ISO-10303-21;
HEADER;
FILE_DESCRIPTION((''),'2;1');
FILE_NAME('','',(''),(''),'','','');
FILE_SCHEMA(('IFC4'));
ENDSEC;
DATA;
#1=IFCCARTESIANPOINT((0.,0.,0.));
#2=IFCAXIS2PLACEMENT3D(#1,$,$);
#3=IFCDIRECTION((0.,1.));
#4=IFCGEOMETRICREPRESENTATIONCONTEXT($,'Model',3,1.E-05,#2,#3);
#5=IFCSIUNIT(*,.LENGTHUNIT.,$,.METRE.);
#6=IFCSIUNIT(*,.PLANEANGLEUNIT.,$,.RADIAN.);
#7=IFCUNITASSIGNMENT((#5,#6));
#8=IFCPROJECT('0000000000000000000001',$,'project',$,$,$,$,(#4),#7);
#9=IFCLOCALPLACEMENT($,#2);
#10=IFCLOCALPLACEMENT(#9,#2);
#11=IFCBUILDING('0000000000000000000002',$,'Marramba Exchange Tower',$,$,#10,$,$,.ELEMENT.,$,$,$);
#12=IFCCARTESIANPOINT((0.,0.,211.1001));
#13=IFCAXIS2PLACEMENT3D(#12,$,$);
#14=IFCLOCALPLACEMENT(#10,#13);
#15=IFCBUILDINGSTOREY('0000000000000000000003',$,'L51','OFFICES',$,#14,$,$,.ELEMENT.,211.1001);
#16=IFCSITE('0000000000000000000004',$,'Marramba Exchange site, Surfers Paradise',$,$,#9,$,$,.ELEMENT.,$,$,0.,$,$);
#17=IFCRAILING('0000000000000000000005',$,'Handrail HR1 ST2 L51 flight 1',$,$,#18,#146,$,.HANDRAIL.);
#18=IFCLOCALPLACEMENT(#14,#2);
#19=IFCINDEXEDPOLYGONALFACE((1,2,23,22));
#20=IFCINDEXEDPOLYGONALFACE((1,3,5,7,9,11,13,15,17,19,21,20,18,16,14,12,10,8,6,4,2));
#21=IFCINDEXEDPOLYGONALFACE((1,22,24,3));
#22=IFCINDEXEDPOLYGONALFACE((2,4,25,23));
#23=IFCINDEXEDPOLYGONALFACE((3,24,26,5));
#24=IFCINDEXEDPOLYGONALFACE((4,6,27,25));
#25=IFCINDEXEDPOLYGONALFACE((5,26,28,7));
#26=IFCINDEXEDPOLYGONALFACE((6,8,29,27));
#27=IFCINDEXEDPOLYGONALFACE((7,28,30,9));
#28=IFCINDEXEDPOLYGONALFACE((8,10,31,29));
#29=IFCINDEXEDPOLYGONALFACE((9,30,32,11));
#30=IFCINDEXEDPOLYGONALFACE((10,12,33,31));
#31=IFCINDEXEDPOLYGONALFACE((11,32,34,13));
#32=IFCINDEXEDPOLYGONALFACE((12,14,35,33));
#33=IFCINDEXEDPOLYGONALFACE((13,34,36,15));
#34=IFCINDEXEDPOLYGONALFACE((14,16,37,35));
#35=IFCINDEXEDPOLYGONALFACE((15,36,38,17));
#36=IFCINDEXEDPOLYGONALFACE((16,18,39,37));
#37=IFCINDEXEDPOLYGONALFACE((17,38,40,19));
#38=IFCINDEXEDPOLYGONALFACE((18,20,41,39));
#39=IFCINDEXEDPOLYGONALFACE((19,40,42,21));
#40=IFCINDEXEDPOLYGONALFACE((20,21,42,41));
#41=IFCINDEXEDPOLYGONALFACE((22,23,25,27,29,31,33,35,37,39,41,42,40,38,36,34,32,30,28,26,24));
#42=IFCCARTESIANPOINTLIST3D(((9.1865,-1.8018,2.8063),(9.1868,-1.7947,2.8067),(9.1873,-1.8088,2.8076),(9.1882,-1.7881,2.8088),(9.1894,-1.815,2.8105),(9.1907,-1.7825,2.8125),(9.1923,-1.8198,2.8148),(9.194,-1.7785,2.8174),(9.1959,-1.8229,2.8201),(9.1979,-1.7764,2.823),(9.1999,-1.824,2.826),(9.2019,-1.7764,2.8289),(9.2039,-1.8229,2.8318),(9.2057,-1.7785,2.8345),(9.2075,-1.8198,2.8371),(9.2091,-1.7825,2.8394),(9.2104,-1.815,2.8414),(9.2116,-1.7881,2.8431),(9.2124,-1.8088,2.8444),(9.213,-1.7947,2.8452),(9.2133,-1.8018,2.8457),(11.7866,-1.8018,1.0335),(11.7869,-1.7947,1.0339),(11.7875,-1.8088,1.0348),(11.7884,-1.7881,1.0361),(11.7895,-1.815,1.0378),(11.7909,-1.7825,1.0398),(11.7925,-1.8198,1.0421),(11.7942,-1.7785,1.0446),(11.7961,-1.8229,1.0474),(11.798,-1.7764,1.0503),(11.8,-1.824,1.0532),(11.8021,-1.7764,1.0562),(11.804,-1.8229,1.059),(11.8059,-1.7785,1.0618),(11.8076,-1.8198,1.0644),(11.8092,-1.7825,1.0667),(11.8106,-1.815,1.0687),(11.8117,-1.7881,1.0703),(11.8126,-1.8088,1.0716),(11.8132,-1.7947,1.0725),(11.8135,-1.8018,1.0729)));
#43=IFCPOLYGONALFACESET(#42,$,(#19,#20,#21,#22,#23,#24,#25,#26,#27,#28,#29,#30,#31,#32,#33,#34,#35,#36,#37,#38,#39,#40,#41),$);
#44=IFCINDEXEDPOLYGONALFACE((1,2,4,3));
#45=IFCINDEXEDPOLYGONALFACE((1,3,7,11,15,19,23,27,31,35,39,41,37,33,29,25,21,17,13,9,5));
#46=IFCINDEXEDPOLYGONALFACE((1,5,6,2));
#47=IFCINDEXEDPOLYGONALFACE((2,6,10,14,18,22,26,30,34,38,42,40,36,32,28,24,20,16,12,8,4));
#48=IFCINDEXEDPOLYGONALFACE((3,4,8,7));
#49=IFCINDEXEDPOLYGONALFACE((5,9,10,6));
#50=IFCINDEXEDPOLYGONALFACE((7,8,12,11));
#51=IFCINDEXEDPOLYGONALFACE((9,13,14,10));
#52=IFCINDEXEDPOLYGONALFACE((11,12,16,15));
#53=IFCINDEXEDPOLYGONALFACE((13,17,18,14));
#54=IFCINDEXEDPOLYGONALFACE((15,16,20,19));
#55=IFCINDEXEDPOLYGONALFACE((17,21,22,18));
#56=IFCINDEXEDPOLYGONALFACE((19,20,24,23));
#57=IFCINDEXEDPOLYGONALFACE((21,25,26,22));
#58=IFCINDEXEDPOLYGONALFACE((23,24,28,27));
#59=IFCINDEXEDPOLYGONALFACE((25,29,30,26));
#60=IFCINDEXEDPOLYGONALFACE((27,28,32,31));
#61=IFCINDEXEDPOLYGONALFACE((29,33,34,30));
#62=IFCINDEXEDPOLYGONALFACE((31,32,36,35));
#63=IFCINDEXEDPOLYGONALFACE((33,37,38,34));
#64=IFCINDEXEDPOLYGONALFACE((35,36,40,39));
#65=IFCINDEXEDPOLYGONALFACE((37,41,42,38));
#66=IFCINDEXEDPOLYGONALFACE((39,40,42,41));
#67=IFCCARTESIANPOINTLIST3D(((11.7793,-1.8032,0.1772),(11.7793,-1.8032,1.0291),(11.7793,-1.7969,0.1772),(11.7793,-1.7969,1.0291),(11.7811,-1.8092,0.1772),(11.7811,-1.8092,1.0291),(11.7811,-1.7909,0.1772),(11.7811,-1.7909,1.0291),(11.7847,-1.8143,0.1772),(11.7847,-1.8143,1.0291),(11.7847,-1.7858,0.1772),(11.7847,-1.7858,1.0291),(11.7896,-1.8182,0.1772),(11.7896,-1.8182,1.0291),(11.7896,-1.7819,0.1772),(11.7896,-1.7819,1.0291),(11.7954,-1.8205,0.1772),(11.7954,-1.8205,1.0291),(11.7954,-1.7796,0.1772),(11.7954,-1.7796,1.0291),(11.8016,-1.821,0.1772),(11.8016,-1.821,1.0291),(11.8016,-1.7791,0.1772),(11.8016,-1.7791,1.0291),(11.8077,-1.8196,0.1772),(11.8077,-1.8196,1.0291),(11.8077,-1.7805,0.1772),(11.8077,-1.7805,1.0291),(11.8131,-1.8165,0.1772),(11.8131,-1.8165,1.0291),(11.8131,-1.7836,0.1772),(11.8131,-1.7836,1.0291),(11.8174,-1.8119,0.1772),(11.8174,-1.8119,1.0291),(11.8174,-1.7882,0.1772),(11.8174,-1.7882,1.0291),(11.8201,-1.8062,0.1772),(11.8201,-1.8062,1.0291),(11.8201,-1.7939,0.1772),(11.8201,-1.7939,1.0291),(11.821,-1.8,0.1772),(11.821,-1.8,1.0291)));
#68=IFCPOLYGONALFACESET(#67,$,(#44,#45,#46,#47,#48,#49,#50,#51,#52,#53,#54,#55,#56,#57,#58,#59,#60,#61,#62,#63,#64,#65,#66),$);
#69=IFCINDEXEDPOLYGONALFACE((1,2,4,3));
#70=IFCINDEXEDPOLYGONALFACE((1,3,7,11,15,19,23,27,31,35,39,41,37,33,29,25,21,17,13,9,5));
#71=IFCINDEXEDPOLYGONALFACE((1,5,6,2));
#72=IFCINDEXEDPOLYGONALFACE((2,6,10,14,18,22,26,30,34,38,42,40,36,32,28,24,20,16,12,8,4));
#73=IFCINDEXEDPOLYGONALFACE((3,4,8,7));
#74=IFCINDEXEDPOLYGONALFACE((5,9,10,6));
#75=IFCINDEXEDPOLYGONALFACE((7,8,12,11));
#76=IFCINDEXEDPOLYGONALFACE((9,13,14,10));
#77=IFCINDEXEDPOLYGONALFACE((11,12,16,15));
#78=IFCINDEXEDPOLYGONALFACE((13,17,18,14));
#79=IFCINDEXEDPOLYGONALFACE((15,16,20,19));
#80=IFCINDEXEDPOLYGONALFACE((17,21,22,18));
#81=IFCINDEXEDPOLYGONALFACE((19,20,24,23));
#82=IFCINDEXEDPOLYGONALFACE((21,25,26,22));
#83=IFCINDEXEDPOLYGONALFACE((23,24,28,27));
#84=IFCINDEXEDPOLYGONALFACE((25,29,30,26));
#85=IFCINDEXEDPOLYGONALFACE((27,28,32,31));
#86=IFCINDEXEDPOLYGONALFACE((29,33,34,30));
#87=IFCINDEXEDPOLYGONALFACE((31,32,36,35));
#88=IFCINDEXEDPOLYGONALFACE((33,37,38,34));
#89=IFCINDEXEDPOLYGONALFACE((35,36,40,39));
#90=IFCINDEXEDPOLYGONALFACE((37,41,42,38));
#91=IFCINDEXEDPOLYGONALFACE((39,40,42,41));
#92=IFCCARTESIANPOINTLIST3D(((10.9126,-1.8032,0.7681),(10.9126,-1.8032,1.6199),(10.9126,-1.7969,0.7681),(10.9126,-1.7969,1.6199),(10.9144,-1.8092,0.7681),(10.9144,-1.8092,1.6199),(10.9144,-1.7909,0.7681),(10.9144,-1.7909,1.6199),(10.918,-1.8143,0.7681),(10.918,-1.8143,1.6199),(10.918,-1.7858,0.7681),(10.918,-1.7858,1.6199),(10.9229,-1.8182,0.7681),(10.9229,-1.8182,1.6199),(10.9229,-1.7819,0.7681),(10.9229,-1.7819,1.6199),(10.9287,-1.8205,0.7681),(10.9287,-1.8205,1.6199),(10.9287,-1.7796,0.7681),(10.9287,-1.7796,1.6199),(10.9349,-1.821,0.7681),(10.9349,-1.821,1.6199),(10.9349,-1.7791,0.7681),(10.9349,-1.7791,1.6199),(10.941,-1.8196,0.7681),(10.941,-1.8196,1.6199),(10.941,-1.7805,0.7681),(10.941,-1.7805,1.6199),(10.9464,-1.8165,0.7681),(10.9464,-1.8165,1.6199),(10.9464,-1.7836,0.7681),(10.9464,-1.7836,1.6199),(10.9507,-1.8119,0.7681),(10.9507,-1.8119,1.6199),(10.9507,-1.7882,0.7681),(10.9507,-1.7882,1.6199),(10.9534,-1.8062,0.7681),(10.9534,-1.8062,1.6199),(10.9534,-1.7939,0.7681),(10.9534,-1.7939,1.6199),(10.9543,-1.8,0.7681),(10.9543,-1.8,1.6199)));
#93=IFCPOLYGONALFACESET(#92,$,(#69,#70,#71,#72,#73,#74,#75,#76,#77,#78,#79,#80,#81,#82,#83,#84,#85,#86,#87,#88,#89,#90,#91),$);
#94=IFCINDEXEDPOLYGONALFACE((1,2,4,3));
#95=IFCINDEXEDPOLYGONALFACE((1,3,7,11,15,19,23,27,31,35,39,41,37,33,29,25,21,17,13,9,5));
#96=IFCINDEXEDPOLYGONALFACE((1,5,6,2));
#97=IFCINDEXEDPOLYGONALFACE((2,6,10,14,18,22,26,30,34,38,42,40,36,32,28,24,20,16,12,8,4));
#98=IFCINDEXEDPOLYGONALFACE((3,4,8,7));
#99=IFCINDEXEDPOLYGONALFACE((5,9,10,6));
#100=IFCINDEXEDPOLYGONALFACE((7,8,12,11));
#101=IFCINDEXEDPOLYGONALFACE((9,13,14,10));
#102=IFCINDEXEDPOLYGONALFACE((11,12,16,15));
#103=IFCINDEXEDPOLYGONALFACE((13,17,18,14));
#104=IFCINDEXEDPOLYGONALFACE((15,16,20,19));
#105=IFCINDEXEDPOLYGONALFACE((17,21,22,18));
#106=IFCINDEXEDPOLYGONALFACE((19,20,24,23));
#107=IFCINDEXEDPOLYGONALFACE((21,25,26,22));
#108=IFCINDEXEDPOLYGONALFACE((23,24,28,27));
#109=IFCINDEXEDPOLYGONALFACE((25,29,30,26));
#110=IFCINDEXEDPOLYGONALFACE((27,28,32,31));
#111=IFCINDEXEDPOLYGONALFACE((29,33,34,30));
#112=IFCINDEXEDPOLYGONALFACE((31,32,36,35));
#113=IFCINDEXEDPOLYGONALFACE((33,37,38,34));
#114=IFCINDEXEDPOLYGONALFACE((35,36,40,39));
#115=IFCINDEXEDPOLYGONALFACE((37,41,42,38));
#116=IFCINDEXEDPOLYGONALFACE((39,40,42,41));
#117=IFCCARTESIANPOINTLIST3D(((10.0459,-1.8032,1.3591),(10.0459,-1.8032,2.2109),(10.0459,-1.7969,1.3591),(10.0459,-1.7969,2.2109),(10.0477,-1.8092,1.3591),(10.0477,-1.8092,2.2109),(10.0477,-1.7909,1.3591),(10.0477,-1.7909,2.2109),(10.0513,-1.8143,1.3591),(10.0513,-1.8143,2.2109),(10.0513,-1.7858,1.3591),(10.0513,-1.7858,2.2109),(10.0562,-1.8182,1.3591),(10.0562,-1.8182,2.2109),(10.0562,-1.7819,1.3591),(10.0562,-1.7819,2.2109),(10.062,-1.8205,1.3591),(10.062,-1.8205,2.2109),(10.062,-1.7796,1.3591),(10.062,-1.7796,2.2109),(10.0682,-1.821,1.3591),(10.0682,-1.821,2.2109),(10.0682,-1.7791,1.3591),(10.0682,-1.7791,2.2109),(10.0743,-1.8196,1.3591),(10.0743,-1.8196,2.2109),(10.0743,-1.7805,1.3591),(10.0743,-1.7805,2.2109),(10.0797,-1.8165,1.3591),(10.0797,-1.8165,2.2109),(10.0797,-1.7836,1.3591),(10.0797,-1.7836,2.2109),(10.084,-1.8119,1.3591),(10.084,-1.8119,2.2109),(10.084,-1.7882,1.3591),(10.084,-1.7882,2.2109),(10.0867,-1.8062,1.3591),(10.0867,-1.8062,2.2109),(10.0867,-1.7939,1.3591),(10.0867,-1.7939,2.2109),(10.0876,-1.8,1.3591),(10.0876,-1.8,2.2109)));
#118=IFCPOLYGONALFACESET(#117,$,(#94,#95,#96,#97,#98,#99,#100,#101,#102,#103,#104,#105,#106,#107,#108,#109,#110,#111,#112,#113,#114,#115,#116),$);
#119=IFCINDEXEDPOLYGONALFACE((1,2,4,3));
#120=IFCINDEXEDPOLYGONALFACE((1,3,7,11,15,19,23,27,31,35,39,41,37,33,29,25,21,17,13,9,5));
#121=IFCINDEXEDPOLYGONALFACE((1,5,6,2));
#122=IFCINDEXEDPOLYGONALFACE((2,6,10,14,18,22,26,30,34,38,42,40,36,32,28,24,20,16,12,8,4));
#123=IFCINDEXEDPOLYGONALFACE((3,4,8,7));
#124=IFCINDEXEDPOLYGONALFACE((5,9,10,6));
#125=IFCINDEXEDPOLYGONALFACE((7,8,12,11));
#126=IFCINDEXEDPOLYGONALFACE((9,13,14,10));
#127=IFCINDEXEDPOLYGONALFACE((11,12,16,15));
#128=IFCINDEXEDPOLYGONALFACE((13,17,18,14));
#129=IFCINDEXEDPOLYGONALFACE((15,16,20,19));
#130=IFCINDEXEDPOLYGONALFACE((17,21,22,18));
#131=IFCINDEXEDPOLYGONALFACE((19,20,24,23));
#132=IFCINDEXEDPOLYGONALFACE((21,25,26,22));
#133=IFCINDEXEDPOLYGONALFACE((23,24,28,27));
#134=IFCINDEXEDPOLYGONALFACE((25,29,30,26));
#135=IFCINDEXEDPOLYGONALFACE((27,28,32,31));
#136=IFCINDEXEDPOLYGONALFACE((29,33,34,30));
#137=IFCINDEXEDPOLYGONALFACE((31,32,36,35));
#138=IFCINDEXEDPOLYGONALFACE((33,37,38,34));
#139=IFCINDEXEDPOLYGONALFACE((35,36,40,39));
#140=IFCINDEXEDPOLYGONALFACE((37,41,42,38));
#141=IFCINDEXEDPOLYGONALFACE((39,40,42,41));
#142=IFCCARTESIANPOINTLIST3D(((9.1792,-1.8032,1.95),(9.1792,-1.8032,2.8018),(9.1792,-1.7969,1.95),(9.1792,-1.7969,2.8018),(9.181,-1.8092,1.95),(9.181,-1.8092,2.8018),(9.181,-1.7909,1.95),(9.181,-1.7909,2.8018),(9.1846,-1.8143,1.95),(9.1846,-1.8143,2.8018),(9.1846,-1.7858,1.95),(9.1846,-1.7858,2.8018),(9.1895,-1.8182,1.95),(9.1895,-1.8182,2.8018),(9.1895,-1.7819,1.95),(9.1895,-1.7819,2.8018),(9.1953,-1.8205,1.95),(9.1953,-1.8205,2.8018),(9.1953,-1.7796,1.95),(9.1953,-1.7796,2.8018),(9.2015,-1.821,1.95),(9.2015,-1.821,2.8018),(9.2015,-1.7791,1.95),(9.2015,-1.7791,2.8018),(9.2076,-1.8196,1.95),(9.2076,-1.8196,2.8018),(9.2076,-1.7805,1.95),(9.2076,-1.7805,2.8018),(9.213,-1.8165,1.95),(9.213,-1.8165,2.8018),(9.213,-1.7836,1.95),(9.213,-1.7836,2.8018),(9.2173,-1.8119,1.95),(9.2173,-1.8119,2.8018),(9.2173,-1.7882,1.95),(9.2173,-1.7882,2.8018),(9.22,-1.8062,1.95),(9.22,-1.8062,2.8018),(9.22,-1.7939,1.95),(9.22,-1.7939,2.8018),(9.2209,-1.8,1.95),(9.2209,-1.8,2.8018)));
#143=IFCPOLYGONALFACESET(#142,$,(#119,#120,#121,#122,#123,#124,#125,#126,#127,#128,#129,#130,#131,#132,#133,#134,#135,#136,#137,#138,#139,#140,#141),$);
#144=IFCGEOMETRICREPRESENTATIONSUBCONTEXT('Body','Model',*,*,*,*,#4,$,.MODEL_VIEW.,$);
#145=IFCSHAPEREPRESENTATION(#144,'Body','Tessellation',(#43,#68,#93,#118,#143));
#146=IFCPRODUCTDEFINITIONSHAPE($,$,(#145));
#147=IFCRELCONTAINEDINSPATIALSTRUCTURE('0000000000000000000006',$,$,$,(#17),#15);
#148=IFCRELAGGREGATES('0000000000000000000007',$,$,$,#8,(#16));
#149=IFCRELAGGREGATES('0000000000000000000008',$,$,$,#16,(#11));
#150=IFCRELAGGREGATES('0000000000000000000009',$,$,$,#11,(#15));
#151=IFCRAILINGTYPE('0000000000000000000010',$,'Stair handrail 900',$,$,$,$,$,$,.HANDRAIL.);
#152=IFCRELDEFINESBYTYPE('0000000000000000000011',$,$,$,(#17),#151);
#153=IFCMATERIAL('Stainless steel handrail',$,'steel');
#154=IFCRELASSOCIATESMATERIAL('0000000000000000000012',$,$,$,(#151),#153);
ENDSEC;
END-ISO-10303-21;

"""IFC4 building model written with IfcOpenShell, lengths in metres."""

from ifc_helpers import new_model, si_unit, direction, frame, origin, origin_2d, place, context, subcontext, project, spatial, circle, extrude, material, type_object, element, save


model = new_model("IFC4")

# Units and contexts
model_context = context("Model", 3, precision=1e-05, world=origin(), true_north=direction((0.0, 1.0)))
body_context = subcontext(model_context, "Body", "Model", "MODEL_VIEW")
ifc_project = project(units=[si_unit("LENGTHUNIT", "METRE"), si_unit("PLANEANGLEUNIT", "RADIAN")], contexts=[model_context])

# Site, building, storey
site_placement = place(None, origin())
site = spatial("IfcSite", under=ifc_project, at=site_placement, Name="Marramba Exchange site, Surfers Paradise", CompositionType="ELEMENT", RefElevation=0.0)
building_placement = place(site_placement, origin())
building = spatial("IfcBuilding", under=site, at=building_placement, Name="Marramba Exchange Tower", CompositionType="ELEMENT")
storey_placement = place(building_placement, frame((0.0, 0.0, 211.1001)))
storey = spatial("IfcBuildingStorey", under=building, at=storey_placement, Name="L51", Description="OFFICES", CompositionType="ELEMENT", Elevation=211.1001)

# Railing
ifc_material_1 = material(Name="Stainless steel handrail", Category="steel")
railing_type = type_object("IfcRailingType", Name="Stair handrail 900", PredefinedType="HANDRAIL", material=ifc_material_1)
railing_placement = place(storey_placement, frame((11.8, -1.8, 0.1772)))
element("IfcRailing", 1, at=railing_placement, inside=storey, type_object=railing_type, Name="Handrail HR1 ST2 L51 flight 1", PredefinedType="HANDRAIL", context=body_context, shape_type="SweptSolid", body=[
    extrude(circle(Radius=0.0239, at=origin_2d()), frame((0.0, 0.0, 0.876), z_axis=(-0.82624, 0.0, 0.563318), x_axis=(0.0, -1.0, 0.0)), (0.0, 0.0, 1.0), 3.147),
    extrude(circle(Radius=0.021, at=origin_2d()), origin(), (0.0, 0.0, 1.0), 0.8518),
    extrude(circle(Radius=0.021, at=origin_2d()), frame((-0.8667, 0.0, 0.5908)), (0.0, 0.0, 1.0), 0.8518),
    extrude(circle(Radius=0.021, at=origin_2d()), frame((-1.7334, 0.0, 1.1819)), (0.0, 0.0, 1.0), 0.8518),
    extrude(circle(Radius=0.021, at=origin_2d()), frame((-2.6001, 0.0, 1.7727)), (0.0, 0.0, 1.0), 0.8518),
])

save(model, "model.ifc")
